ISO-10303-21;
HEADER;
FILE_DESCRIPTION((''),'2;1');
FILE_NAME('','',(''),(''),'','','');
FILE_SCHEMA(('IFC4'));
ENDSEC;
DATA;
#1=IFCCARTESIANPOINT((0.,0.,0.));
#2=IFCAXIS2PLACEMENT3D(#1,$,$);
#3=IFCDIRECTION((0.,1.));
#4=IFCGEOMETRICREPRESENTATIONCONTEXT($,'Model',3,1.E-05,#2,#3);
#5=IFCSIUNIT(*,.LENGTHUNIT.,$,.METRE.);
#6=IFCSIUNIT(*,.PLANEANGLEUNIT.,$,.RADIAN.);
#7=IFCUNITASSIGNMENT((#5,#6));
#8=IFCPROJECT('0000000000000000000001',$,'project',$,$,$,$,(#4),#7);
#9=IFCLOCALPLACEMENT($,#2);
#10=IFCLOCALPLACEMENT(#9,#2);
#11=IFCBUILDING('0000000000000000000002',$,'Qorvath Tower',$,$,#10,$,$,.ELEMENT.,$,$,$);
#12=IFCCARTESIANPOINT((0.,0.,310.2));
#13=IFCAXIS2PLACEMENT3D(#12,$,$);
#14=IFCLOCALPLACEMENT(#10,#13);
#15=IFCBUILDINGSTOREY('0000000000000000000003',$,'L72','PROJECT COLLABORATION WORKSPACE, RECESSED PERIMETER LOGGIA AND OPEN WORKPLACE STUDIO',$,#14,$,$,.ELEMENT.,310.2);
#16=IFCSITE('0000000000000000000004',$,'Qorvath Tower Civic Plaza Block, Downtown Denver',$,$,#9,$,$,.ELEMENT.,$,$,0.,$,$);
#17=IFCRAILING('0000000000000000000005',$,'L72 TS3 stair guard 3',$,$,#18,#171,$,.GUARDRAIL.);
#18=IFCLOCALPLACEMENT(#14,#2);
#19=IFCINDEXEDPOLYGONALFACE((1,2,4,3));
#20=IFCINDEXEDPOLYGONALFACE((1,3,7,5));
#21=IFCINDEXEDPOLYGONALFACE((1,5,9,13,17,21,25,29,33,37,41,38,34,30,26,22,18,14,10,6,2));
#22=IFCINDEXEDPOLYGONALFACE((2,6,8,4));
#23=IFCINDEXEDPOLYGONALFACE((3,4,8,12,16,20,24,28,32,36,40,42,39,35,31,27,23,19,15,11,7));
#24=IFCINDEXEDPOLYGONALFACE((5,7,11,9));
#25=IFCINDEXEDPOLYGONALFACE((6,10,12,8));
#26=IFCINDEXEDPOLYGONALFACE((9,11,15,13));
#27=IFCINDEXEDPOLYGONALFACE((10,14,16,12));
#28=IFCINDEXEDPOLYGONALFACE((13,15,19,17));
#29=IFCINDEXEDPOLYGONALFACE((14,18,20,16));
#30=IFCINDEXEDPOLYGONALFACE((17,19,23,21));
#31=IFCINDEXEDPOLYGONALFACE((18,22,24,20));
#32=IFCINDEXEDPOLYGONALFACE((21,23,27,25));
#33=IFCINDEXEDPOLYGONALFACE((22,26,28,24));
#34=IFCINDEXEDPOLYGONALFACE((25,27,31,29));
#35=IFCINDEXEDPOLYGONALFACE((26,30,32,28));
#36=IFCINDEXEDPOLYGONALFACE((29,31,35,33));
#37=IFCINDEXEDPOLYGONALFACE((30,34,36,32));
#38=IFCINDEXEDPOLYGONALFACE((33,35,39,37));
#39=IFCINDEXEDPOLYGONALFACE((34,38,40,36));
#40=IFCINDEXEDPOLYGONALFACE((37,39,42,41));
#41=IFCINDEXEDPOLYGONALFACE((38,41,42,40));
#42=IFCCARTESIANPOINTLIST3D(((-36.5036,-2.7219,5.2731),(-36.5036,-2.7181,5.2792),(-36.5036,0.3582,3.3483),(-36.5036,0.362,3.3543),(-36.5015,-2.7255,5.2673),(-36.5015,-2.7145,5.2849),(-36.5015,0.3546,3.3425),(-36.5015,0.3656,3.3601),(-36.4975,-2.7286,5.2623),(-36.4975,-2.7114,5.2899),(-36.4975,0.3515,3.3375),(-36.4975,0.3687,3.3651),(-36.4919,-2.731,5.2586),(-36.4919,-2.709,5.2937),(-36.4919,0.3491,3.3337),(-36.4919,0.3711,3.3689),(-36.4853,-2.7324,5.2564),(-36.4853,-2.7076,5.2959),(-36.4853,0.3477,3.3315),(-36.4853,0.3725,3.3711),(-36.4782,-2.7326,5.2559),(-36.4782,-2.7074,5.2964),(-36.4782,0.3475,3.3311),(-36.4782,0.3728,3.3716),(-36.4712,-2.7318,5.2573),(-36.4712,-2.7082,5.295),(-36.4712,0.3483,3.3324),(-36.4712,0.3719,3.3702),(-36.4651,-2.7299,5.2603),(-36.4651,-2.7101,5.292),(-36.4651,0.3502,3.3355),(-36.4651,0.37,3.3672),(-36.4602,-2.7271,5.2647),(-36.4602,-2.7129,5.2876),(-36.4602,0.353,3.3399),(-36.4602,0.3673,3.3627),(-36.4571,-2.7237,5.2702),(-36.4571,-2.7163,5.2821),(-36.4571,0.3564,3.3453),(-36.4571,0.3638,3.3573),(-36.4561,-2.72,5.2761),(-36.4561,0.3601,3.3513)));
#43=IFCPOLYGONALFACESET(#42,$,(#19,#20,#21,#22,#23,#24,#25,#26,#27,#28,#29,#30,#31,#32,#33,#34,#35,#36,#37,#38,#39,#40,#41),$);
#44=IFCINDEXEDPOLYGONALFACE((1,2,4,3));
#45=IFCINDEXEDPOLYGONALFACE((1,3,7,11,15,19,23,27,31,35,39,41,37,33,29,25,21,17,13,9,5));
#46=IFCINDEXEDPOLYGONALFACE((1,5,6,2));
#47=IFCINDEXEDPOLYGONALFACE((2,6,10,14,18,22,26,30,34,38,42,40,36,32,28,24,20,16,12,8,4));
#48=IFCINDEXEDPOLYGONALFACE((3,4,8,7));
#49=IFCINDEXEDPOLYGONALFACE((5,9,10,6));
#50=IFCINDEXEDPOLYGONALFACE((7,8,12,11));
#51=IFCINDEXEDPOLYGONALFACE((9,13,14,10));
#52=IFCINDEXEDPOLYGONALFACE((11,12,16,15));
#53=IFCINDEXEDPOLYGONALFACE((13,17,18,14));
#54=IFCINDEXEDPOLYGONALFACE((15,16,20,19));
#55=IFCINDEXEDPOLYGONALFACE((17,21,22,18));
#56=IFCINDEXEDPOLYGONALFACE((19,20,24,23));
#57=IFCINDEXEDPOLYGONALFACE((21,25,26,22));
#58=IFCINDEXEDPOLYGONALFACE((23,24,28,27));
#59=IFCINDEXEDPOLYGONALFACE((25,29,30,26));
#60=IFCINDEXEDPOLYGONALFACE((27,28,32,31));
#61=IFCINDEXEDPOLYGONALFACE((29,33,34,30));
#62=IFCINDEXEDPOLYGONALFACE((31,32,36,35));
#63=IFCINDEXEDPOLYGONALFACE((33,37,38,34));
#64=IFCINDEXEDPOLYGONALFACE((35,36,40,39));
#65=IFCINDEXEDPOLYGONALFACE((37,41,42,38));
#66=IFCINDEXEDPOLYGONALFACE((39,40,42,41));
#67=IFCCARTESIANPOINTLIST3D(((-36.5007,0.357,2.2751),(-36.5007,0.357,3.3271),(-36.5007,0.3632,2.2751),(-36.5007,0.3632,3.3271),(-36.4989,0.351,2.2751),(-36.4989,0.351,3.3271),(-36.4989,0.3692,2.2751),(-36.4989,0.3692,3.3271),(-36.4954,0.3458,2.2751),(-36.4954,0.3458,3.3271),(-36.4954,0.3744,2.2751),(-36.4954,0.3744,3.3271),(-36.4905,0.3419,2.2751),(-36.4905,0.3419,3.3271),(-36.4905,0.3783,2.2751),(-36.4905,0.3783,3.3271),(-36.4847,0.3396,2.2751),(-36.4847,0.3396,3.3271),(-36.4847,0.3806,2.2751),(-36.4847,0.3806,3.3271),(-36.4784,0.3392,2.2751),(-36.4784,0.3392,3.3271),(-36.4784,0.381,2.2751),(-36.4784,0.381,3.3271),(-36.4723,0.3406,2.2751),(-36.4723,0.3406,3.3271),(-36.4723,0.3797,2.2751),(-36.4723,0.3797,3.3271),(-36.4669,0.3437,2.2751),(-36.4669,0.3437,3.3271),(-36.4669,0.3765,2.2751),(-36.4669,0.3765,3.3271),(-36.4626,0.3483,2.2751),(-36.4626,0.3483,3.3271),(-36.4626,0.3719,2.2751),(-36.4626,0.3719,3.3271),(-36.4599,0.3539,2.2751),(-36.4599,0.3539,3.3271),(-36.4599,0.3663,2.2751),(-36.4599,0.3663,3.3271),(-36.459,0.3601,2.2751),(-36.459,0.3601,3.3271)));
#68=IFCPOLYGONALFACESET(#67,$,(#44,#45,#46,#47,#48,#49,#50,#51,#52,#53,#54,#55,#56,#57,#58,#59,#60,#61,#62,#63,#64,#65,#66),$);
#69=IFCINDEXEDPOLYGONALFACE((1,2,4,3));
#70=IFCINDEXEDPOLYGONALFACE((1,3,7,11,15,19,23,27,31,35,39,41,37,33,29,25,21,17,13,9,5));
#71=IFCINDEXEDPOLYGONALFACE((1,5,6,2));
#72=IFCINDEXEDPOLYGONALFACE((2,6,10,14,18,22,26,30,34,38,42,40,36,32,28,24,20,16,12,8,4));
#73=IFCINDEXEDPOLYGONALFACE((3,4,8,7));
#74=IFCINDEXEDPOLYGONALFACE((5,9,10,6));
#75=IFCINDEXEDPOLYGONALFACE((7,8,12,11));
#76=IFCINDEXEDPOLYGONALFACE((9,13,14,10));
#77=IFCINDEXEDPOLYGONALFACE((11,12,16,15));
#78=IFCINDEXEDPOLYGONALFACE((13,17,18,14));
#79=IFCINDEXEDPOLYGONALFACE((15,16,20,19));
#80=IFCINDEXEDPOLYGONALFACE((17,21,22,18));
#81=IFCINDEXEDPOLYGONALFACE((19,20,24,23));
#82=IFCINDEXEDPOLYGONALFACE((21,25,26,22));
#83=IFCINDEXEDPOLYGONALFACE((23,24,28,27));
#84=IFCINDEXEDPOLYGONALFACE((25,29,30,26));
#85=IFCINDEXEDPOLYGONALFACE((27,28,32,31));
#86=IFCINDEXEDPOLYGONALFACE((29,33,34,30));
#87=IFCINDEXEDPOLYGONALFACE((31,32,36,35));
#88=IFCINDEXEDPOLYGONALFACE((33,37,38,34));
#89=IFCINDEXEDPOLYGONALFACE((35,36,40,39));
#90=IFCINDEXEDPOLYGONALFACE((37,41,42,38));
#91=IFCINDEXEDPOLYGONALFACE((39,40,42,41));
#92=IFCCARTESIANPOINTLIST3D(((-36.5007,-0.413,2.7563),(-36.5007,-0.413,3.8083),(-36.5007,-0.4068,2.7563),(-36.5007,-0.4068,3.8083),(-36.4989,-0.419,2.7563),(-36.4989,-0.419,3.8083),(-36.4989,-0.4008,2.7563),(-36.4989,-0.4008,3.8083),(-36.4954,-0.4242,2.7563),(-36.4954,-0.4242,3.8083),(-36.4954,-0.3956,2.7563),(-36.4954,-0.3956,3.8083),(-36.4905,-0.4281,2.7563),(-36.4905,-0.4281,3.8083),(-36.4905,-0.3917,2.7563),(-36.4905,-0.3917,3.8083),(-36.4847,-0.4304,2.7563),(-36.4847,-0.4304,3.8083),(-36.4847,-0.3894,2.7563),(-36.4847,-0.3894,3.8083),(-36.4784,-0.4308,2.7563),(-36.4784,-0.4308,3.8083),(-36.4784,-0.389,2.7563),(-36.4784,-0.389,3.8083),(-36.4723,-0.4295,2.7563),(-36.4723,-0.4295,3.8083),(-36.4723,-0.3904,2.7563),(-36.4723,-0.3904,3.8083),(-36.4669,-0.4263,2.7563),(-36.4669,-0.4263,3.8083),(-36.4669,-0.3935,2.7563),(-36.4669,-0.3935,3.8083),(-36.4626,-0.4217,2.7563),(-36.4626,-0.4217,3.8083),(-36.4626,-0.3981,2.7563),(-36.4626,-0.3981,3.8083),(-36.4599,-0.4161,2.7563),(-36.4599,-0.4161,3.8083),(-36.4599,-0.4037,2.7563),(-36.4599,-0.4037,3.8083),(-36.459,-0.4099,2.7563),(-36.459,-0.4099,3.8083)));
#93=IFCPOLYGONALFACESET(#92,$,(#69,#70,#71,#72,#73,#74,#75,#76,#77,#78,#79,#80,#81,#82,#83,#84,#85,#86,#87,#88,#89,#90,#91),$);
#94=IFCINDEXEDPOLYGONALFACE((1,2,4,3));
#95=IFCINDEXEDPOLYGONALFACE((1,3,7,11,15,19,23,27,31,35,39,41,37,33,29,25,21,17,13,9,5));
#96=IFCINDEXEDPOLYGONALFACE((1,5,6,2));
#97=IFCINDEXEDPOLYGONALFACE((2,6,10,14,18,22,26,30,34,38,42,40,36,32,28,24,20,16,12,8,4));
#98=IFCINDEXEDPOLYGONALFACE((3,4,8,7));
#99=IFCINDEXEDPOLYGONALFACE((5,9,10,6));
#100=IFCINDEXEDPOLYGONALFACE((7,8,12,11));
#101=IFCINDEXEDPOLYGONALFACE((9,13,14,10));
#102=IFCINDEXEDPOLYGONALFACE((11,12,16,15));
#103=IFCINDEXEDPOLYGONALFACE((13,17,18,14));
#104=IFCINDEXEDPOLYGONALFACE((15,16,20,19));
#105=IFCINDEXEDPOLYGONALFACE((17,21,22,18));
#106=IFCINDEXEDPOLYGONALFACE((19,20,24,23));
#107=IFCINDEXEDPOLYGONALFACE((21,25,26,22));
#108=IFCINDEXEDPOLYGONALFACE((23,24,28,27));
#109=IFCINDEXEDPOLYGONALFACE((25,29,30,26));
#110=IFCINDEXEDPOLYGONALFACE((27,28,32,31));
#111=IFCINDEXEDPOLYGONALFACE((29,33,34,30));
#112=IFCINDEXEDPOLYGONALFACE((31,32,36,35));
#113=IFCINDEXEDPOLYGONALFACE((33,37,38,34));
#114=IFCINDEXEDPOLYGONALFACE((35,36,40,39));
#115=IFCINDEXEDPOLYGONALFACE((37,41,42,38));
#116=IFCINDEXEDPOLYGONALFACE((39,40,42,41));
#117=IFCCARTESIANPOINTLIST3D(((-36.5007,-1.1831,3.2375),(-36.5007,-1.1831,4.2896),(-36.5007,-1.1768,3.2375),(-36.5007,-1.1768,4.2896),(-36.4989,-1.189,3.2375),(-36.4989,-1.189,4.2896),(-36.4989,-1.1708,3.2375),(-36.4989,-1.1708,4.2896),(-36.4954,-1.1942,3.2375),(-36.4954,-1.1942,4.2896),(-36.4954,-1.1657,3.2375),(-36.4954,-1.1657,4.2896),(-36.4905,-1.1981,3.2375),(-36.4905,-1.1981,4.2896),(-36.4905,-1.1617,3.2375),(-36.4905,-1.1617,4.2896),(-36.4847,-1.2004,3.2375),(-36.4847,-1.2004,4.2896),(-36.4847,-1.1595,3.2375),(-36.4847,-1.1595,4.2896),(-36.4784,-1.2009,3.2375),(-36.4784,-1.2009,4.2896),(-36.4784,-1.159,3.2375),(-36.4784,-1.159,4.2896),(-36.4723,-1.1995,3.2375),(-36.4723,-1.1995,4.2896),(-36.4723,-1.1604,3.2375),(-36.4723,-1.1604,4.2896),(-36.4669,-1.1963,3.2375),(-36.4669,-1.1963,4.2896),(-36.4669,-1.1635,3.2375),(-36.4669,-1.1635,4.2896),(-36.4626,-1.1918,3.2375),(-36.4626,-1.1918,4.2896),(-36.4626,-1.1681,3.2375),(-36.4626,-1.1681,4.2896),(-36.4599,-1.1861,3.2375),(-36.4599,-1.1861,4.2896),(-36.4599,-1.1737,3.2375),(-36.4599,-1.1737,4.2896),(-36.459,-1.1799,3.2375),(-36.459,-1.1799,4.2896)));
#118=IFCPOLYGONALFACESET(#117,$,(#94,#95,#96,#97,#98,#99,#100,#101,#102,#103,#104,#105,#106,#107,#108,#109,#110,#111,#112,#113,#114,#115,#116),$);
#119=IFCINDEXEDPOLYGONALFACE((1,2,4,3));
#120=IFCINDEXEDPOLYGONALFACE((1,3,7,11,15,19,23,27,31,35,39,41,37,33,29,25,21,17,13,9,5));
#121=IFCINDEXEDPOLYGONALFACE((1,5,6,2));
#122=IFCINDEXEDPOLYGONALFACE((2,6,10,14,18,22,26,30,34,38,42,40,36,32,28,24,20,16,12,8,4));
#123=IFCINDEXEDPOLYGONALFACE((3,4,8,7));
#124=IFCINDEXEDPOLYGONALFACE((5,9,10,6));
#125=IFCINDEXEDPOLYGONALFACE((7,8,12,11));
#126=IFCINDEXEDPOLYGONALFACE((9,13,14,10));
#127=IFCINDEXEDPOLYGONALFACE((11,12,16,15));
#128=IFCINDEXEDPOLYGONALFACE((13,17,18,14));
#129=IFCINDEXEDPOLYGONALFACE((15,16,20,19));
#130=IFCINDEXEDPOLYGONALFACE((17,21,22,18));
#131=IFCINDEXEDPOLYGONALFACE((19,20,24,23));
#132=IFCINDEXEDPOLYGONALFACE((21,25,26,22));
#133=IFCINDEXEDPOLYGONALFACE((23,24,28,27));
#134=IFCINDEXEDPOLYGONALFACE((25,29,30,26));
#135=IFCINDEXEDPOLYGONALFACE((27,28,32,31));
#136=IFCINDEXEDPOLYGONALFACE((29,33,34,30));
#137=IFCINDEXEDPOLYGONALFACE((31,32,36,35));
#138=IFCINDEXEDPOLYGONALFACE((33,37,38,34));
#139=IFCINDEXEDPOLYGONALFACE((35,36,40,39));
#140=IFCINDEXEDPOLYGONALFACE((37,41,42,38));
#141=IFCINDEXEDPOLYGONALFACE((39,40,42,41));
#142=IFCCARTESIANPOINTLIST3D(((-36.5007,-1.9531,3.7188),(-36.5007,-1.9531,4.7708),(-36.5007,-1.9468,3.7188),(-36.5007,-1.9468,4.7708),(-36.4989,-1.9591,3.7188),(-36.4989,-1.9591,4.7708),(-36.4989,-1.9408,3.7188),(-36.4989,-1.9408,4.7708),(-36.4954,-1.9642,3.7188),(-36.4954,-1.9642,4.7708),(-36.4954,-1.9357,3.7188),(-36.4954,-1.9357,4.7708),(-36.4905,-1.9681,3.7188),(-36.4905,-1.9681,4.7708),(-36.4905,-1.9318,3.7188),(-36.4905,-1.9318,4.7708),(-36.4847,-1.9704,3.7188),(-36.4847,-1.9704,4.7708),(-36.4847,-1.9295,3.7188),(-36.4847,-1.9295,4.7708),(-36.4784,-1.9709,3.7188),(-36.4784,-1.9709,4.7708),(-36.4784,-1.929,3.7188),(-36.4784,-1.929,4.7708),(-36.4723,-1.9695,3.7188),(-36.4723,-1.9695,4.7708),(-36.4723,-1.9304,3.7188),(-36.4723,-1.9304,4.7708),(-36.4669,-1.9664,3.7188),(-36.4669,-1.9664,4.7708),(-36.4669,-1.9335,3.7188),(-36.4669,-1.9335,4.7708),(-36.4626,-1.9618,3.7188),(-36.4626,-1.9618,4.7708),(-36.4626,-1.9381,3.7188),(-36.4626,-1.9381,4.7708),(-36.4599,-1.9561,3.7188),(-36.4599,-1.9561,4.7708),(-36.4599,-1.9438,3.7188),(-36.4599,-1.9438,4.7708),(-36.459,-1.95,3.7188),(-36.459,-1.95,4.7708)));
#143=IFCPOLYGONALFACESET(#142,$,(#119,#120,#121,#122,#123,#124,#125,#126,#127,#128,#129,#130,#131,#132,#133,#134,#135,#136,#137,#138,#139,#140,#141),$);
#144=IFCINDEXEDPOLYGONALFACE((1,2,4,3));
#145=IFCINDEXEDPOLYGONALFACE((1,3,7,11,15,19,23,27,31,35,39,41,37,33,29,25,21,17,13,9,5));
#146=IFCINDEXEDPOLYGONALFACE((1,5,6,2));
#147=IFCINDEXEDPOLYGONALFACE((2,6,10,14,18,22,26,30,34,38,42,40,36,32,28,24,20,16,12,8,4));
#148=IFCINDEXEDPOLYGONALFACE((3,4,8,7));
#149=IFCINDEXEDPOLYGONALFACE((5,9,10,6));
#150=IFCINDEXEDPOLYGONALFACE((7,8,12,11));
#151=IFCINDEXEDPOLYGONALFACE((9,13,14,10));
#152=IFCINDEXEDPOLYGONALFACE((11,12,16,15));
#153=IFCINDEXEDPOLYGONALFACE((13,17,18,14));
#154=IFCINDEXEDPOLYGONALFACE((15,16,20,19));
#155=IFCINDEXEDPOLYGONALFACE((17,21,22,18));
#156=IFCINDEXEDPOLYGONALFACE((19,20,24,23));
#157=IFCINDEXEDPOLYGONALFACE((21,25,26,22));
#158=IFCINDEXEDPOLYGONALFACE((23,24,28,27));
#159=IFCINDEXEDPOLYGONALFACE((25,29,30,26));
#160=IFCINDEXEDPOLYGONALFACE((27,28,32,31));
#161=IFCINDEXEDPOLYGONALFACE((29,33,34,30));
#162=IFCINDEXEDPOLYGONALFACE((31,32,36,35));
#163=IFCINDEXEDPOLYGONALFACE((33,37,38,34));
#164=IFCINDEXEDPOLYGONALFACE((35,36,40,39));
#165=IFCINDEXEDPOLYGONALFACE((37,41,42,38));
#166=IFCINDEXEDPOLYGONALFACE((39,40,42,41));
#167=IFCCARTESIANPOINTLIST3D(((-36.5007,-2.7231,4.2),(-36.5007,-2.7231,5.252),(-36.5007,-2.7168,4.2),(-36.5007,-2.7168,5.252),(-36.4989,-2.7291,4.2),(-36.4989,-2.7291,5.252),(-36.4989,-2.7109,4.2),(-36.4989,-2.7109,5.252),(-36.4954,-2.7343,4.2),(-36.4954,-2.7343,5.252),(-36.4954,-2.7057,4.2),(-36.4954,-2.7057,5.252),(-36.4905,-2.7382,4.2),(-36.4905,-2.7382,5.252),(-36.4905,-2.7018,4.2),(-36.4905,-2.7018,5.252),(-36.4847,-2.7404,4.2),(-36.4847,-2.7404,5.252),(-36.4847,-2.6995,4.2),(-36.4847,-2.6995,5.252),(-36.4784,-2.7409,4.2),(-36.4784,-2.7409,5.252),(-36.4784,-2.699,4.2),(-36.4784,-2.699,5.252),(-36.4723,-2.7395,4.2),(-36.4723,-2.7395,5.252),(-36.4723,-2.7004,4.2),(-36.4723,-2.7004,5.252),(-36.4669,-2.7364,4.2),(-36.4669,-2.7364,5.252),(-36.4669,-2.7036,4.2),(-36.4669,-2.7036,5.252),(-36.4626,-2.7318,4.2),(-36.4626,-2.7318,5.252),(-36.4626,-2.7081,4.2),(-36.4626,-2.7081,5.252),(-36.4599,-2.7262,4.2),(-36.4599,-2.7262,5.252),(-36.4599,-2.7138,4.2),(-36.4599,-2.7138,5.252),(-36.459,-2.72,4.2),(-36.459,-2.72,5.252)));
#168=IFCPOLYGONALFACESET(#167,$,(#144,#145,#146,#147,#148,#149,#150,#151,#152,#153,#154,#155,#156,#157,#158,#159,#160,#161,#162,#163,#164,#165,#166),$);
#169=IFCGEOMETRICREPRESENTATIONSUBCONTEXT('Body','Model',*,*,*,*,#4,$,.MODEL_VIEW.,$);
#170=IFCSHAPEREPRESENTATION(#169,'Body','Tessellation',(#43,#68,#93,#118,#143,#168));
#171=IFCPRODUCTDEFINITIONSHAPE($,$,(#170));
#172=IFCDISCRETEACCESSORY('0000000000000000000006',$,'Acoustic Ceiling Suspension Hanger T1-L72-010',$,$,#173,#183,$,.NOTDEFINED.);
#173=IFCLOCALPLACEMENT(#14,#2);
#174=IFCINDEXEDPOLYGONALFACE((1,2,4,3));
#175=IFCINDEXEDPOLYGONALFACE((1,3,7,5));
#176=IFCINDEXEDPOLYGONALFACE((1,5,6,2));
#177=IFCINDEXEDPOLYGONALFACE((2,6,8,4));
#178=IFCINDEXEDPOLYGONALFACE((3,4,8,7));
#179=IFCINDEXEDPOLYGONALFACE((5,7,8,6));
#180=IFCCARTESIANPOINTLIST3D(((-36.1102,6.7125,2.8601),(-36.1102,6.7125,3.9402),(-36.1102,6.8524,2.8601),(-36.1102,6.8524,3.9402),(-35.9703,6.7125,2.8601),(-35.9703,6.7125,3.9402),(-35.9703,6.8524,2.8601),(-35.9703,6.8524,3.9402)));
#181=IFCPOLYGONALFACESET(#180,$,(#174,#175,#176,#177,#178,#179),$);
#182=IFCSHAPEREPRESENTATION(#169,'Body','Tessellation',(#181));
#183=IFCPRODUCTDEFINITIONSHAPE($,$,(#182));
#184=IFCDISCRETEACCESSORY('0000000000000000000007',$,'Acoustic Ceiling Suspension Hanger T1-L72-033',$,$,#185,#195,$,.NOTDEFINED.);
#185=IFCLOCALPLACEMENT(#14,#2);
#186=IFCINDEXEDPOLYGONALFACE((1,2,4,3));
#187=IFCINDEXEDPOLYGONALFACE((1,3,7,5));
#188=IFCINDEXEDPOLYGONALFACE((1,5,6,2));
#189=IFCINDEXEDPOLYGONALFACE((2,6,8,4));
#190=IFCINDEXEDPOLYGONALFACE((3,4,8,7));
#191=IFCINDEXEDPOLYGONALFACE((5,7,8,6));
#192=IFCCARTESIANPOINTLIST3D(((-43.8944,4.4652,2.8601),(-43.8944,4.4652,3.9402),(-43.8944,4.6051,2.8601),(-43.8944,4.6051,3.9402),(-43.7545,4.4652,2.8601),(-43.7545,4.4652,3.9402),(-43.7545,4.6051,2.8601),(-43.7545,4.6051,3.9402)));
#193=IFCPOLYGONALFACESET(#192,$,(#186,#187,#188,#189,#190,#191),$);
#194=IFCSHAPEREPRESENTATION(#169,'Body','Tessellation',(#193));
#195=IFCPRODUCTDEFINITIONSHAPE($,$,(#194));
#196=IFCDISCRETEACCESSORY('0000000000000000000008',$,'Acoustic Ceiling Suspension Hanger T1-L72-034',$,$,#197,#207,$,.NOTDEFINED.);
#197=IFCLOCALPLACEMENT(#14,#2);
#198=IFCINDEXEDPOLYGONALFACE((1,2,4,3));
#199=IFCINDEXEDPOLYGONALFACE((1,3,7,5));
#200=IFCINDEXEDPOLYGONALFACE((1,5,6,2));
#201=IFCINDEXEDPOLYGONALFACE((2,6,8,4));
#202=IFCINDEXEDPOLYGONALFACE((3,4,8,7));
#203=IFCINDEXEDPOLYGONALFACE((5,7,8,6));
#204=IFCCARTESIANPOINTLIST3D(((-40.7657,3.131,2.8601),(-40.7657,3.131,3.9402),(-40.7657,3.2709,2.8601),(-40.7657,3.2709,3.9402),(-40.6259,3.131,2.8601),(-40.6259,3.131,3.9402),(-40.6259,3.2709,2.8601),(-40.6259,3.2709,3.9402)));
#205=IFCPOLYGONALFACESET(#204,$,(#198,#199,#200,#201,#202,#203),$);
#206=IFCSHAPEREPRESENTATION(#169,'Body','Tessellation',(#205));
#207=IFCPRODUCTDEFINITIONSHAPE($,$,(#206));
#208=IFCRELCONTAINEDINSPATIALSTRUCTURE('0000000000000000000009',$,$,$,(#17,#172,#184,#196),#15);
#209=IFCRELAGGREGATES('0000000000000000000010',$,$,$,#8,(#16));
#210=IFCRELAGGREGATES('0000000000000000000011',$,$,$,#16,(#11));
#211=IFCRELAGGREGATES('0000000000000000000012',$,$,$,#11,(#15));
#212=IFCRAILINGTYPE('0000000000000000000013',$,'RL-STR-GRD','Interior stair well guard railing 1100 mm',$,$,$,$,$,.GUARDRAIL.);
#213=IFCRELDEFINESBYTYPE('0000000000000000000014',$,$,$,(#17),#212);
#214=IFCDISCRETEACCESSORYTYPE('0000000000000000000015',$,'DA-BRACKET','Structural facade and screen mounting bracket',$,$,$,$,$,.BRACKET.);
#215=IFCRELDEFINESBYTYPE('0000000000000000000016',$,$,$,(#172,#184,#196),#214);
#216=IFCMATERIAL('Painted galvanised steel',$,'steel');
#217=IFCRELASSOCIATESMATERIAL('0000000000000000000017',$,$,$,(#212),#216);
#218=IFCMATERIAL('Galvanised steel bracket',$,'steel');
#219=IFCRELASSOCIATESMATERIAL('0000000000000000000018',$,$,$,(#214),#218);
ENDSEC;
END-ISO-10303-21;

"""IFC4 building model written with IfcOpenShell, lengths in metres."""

from ifc_helpers import new_model, si_unit, direction, frame, origin, origin_2d, place, context, subcontext, project, spatial, rectangle, circle, extrude, material, type_object, element, save


model = new_model("IFC4")

# Units and contexts
model_context = context("Model", 3, precision=1e-05, world=origin(), true_north=direction((0.0, 1.0)))
body_context = subcontext(model_context, "Body", "Model", "MODEL_VIEW")
ifc_project = project(units=[si_unit("LENGTHUNIT", "METRE"), si_unit("PLANEANGLEUNIT", "RADIAN")], contexts=[model_context])

# Site, building, storey
site_placement = place(None, origin())
site = spatial("IfcSite", under=ifc_project, at=site_placement, Name="Qorvath Tower Civic Plaza Block, Downtown Denver", CompositionType="ELEMENT", RefElevation=0.0)
building_placement = place(site_placement, origin())
building = spatial("IfcBuilding", under=site, at=building_placement, Name="Qorvath Tower", CompositionType="ELEMENT")
storey_placement = place(building_placement, frame((0.0, 0.0, 310.2)))
storey = spatial("IfcBuildingStorey", under=building, at=storey_placement, Name="L72", Description="PROJECT COLLABORATION WORKSPACE, RECESSED PERIMETER LOGGIA AND OPEN WORKPLACE STUDIO", CompositionType="ELEMENT", Elevation=310.2)

# Railing
ifc_material_1 = material(Name="Painted galvanised steel", Category="steel")
railing_type = type_object("IfcRailingType", Name="RL-STR-GRD", Description="Interior stair well guard railing 1100 mm", PredefinedType="GUARDRAIL", material=ifc_material_1)
railing_1_placement = place(storey_placement, frame((-36.48, 0.3601, 2.2751)))
element("IfcRailing", 1, at=railing_1_placement, inside=storey, type_object=railing_type, Name="L72 TS3 stair guard 3", PredefinedType="GUARDRAIL", context=body_context, shape_type="SweptSolid", body=[
    extrude(circle(Radius=0.0239, at=origin_2d()), frame((0.0, 0.0, 1.0762), z_axis=(0.0, -0.848029, 0.529951), x_axis=(1.0, 0.0, 0.0)), (0.0, 0.0, 1.0), 3.6321),
    extrude(circle(Radius=0.021, at=origin_2d()), origin(), (0.0, 0.0, 1.0), 1.052),
    extrude(circle(Radius=0.021, at=origin_2d()), frame((0.0, -0.77, 0.4812)), (0.0, 0.0, 1.0), 1.052),
    extrude(circle(Radius=0.021, at=origin_2d()), frame((0.0, -1.54, 0.9624)), (0.0, 0.0, 1.0), 1.052),
    extrude(circle(Radius=0.021, at=origin_2d()), frame((0.0, -2.3101, 1.4436)), (0.0, 0.0, 1.0), 1.052),
    extrude(circle(Radius=0.021, at=origin_2d()), frame((0.0, -3.0801, 1.9248)), (0.0, 0.0, 1.0), 1.052),
])

# Discrete accessories
ifc_material_2 = material(Name="Galvanised steel bracket", Category="steel")
discrete_accessory_type = type_object("IfcDiscreteAccessoryType", Name="DA-BRACKET", Description="Structural facade and screen mounting bracket", PredefinedType="BRACKET", material=ifc_material_2)
for number, where, z_axis, x_axis, name in (
    (2, (-36.0403, 6.7825, 2.8601), (0.0, 0.0, 1.0), (1.0, 0.0, 0.0), "Acoustic Ceiling Suspension Hanger T1-L72-010"),
    (3, (-43.8245, 4.5352, 2.8601), (0.0, 0.0, 1.0), (1.0, 0.0, 0.0), "Acoustic Ceiling Suspension Hanger T1-L72-033"),
    (4, (-40.6958, 3.2009, 2.8601), (0.0, 0.0, 1.0), (1.0, 0.0, 0.0), "Acoustic Ceiling Suspension Hanger T1-L72-034"),
):
    element("IfcDiscreteAccessory", number, at=place(storey_placement, frame(where, z_axis=z_axis, x_axis=x_axis)), inside=storey, type_object=discrete_accessory_type, Name=name, PredefinedType="NOTDEFINED", context=body_context, shape_type="SweptSolid", body=[
        extrude(rectangle(XDim=0.1399, YDim=0.1399, at=origin_2d()), origin(), (0.0, 0.0, 1.0), 1.0801),
    ])

save(model, "model.ifc")
